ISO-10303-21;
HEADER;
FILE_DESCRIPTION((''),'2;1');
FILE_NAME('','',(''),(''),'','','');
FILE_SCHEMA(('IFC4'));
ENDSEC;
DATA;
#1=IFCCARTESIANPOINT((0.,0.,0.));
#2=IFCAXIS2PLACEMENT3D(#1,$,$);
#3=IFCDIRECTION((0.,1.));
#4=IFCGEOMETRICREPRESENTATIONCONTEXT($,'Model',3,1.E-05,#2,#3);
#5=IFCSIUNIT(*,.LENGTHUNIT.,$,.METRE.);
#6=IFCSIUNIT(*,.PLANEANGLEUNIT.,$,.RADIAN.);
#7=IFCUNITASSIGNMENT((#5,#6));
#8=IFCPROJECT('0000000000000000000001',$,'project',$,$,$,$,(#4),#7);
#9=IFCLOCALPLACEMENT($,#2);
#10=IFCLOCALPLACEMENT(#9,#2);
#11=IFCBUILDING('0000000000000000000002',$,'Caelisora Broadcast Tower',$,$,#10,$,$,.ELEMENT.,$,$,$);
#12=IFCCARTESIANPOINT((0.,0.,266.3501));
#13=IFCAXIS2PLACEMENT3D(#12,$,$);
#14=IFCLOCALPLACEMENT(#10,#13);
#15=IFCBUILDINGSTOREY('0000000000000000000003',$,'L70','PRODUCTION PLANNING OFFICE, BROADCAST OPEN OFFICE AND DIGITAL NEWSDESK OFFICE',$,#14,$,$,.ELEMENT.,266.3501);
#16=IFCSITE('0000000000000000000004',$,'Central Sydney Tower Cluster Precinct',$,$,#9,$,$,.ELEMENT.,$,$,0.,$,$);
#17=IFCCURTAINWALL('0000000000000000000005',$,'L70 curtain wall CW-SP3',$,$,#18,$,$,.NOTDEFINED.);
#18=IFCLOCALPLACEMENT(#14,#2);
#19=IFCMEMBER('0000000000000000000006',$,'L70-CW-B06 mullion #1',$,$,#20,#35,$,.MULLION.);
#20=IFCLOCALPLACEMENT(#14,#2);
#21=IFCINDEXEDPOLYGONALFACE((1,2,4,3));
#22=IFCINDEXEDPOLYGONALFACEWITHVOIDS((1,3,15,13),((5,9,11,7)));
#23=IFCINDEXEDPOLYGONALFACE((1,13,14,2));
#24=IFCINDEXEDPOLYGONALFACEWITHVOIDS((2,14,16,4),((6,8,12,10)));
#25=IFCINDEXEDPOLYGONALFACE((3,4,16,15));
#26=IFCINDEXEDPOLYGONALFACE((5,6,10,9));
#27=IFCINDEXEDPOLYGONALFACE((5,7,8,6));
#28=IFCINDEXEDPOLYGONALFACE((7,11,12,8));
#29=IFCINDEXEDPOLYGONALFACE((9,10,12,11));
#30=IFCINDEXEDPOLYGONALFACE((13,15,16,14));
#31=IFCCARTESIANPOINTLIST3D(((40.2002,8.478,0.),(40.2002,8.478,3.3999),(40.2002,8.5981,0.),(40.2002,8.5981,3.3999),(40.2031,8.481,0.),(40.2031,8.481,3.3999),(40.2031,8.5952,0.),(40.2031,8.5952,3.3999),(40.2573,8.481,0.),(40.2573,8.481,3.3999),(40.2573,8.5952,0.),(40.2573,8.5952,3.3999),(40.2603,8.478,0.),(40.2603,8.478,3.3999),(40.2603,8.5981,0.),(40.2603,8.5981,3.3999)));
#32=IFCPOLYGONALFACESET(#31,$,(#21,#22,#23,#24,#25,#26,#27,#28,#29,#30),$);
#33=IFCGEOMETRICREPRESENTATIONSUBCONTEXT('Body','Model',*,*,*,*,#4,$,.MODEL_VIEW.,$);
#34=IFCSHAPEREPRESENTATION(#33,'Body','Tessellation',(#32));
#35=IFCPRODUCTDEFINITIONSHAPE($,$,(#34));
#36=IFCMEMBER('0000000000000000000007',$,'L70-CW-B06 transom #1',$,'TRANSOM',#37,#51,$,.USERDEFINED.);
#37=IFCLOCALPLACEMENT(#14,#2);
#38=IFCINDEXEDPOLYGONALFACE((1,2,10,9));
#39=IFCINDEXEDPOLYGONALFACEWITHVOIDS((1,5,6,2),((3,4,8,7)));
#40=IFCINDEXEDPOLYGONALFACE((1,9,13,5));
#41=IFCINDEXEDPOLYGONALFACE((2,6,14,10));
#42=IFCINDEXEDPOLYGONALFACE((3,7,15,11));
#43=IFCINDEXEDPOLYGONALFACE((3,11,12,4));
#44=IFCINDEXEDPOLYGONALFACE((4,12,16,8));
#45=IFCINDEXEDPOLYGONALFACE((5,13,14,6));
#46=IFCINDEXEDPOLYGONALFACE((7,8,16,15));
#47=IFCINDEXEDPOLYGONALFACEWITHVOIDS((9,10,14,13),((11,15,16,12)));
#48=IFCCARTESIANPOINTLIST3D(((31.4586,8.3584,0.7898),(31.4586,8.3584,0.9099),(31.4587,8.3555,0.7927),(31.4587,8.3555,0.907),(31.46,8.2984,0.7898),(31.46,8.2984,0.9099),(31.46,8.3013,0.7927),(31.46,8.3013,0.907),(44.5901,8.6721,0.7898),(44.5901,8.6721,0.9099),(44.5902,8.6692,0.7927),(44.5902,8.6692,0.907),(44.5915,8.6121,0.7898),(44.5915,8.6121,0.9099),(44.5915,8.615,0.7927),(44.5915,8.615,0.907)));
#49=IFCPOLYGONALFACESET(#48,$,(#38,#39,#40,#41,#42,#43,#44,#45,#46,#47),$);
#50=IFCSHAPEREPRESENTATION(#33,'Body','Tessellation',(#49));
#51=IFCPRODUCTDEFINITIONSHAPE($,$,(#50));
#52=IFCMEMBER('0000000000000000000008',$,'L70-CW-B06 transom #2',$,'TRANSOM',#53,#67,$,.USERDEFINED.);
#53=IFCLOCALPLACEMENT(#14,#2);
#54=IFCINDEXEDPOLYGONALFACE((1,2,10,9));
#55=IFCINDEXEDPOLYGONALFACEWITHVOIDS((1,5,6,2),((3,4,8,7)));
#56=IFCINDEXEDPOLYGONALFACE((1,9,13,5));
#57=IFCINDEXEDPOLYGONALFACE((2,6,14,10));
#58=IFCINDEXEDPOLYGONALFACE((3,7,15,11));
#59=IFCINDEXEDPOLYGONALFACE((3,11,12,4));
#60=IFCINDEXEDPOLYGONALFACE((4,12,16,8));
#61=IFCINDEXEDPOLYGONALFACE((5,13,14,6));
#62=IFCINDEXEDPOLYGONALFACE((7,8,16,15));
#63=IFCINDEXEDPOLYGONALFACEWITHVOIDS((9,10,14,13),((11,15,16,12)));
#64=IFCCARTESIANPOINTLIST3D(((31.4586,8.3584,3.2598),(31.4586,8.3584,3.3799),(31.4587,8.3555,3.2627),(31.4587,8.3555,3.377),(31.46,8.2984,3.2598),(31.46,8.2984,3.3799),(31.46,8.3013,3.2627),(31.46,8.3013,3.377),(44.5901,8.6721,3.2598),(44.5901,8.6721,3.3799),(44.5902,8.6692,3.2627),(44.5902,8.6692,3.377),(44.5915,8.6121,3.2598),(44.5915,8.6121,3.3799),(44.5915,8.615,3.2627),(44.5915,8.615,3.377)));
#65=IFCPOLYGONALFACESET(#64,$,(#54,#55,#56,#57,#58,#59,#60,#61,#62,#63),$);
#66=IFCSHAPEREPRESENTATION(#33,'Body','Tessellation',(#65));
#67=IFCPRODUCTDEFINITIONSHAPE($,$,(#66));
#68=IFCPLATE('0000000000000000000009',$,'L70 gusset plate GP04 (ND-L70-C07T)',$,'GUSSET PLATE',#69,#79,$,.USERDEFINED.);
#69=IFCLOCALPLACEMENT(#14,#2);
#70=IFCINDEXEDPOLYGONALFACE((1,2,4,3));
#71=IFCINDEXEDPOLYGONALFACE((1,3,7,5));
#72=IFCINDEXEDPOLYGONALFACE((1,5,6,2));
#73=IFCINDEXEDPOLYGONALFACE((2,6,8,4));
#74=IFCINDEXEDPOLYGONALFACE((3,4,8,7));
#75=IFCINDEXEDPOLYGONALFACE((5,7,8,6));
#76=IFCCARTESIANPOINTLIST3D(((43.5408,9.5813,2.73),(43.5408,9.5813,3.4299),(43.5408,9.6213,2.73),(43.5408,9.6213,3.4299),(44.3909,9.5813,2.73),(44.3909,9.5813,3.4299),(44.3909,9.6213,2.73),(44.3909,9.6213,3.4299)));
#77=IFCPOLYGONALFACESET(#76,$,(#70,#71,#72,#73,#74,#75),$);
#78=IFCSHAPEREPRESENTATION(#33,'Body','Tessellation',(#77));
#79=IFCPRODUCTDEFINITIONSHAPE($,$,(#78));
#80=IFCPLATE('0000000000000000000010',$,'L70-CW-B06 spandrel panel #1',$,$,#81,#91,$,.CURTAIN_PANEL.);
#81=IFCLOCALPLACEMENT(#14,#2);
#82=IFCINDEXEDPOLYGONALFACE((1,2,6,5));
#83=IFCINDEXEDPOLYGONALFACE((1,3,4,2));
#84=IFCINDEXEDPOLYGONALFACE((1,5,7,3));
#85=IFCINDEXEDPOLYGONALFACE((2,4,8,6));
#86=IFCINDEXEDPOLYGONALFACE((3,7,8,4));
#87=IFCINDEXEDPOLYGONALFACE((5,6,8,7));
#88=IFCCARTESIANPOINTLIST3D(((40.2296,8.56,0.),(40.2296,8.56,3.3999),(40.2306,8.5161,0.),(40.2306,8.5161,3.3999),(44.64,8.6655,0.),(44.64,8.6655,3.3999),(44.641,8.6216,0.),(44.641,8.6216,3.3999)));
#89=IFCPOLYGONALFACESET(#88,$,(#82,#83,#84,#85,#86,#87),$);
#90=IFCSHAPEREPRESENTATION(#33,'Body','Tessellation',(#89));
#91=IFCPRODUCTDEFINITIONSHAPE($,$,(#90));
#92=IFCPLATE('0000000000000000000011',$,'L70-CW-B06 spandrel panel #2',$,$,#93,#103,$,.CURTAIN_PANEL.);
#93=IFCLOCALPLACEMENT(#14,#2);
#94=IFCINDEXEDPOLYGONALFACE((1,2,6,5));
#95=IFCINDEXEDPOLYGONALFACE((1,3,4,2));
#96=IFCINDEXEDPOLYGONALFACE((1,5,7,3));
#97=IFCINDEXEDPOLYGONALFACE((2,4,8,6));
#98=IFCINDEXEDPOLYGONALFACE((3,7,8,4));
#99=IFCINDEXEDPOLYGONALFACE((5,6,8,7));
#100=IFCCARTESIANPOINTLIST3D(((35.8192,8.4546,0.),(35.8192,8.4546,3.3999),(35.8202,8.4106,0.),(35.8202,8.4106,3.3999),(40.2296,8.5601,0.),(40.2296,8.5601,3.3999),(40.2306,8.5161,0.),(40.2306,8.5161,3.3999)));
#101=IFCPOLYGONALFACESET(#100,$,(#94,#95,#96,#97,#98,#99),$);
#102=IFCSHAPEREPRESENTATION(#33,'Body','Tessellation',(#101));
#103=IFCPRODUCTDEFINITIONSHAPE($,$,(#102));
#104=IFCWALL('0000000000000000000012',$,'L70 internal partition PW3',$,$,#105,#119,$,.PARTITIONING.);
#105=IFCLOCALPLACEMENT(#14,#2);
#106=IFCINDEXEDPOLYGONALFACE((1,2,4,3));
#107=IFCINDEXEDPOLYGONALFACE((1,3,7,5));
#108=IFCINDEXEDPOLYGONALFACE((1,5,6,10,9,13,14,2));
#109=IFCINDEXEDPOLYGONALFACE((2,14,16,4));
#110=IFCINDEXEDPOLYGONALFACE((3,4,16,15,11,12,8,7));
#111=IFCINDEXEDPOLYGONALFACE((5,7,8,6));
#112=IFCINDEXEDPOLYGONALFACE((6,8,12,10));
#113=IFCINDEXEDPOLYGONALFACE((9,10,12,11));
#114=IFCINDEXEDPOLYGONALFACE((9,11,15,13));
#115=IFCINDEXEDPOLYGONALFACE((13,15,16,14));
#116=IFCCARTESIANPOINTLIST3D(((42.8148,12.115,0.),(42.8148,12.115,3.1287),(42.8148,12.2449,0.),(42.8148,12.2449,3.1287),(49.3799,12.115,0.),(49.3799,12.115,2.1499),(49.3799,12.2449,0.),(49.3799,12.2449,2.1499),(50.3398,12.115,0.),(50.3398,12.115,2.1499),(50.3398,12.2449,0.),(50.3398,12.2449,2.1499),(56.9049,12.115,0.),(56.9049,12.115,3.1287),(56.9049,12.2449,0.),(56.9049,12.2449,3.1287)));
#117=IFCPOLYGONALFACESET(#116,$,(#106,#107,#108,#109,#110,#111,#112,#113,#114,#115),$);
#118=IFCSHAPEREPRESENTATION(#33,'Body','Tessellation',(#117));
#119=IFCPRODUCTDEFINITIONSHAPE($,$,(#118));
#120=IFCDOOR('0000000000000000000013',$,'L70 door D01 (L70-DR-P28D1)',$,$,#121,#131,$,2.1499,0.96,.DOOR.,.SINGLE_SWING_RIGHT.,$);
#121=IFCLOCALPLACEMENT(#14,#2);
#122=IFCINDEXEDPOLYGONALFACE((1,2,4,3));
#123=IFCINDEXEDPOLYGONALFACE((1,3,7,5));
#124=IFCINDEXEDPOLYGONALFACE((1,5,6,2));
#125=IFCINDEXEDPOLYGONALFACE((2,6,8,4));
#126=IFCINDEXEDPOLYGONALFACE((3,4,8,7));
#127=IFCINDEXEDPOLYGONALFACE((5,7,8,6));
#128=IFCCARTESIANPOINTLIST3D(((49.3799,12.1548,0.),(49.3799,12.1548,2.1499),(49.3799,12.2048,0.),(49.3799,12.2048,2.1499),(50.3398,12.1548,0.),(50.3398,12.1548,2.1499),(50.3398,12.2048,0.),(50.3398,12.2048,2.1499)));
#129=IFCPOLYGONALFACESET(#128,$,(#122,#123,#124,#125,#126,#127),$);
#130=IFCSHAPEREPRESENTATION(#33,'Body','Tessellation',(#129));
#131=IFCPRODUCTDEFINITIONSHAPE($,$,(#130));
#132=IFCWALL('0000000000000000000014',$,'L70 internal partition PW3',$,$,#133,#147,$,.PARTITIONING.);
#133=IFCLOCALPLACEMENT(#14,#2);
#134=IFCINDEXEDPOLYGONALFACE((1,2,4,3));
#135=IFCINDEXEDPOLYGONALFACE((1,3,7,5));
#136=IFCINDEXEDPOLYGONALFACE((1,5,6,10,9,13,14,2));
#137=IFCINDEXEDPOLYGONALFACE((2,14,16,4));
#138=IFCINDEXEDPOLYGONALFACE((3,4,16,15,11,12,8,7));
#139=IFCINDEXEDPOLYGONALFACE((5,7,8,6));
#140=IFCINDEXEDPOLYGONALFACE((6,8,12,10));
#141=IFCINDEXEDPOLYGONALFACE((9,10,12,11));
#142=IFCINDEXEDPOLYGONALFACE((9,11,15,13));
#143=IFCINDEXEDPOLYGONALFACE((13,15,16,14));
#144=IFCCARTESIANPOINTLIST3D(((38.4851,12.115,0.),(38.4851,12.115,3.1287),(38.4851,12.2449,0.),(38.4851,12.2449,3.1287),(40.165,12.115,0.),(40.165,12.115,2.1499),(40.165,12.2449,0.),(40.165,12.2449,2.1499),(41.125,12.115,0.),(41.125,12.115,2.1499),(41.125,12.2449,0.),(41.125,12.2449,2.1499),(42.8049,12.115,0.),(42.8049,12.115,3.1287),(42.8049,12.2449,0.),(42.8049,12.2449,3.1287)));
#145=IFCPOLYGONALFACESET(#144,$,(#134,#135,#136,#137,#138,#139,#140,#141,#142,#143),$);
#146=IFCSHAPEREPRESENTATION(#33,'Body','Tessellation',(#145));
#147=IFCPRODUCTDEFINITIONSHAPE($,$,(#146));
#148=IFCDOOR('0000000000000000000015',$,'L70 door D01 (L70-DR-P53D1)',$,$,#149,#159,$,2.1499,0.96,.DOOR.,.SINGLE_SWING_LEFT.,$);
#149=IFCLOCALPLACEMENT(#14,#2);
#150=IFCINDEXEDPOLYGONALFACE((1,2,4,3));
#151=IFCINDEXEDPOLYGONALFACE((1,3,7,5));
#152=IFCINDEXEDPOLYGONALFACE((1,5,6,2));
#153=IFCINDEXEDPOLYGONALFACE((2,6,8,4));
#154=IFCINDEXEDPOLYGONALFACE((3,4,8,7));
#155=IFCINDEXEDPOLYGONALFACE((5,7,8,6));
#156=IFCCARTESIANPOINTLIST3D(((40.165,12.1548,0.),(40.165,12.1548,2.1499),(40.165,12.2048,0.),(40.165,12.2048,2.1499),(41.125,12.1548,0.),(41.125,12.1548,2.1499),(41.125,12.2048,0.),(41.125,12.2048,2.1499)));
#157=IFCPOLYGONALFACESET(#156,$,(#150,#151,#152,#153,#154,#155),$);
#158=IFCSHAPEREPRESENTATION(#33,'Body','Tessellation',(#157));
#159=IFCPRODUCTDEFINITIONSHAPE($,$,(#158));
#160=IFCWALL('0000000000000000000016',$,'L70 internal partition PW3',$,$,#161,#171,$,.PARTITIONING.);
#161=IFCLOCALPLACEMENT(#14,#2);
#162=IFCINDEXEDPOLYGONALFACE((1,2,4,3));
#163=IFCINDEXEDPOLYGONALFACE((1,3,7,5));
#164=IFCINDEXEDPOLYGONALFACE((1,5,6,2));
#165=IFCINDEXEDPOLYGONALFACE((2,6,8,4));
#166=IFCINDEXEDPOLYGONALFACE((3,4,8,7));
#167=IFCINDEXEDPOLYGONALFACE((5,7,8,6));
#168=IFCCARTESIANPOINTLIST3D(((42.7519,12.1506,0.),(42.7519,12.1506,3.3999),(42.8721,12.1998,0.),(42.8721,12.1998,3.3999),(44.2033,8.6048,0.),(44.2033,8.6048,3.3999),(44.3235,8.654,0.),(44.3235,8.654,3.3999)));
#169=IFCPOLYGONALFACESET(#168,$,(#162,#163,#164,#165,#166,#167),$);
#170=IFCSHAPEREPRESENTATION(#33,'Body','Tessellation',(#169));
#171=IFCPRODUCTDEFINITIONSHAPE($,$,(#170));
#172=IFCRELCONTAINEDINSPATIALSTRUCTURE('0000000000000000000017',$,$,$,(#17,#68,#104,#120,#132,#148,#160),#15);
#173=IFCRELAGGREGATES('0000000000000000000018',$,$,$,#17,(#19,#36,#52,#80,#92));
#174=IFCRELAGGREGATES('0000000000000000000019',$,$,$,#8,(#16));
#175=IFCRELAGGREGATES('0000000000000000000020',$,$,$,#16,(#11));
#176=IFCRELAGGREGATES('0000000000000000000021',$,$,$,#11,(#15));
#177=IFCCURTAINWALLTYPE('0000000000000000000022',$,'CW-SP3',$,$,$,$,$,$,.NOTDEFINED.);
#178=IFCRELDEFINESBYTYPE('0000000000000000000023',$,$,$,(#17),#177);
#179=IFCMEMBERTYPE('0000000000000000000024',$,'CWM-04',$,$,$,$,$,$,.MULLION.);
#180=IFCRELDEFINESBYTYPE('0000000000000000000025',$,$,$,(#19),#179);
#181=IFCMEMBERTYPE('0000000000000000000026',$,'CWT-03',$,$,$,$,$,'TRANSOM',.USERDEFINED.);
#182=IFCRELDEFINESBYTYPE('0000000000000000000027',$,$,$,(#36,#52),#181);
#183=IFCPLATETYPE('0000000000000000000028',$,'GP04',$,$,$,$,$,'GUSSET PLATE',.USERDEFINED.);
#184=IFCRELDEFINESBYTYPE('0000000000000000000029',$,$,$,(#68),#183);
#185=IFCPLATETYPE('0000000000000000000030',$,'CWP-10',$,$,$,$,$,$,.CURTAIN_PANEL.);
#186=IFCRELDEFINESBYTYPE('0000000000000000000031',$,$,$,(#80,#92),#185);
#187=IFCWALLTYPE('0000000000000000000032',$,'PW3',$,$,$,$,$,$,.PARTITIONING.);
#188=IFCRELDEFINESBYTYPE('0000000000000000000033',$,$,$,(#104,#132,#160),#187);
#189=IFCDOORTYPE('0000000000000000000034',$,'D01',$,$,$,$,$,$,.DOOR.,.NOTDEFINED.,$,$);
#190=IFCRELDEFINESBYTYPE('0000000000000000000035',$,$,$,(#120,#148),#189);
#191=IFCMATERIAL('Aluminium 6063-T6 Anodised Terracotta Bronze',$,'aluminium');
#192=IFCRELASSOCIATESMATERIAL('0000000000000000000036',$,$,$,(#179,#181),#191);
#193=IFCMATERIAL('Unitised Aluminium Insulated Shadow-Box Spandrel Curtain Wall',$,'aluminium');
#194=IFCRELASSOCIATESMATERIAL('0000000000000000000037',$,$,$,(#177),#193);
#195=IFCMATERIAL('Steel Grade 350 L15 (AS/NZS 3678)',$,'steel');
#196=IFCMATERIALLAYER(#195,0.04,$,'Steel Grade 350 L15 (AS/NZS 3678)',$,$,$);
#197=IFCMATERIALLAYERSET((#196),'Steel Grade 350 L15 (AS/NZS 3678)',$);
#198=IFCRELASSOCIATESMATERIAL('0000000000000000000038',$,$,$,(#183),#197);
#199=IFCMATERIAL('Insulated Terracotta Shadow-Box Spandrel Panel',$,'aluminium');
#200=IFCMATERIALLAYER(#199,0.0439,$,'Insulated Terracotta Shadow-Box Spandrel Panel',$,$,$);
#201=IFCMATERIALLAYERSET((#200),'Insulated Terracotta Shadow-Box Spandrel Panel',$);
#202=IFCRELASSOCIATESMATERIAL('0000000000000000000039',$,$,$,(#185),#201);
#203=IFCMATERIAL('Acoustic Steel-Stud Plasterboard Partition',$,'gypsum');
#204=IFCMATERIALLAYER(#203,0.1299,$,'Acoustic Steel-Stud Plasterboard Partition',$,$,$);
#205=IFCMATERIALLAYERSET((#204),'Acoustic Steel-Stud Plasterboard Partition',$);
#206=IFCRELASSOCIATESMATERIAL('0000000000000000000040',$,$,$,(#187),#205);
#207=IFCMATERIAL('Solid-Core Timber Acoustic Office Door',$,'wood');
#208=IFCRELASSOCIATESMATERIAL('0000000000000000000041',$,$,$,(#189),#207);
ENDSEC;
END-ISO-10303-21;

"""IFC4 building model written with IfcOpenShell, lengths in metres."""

from ifc_helpers import new_model, si_unit, direction, frame, frame_2d, origin, origin_2d, place, context, subcontext, project, spatial, rectangle, hollow_rectangle, extrude, source, transform, mapped, material, layer, layer_set, material_profile, profile_set, type_object, type_shapes, element, fill, aggregate, save


model = new_model("IFC4")

# Units and contexts
model_context = context("Model", 3, precision=1e-05, world=origin(), true_north=direction((0.0, 1.0)))
body_context = subcontext(model_context, "Body", "Model", "MODEL_VIEW")
ifc_project = project(units=[si_unit("LENGTHUNIT", "METRE"), si_unit("PLANEANGLEUNIT", "RADIAN")], contexts=[model_context])

# Site, building, storey
site_placement = place(None, origin())
site = spatial("IfcSite", under=ifc_project, at=site_placement, Name="Central Sydney Tower Cluster Precinct", CompositionType="ELEMENT", RefElevation=0.0)
building_placement = place(site_placement, origin())
building = spatial("IfcBuilding", under=site, at=building_placement, Name="Caelisora Broadcast Tower", CompositionType="ELEMENT")
storey_placement = place(building_placement, frame((0.0, 0.0, 266.3501)))
storey = spatial("IfcBuildingStorey", under=building, at=storey_placement, Name="L70", Description="PRODUCTION PLANNING OFFICE, BROADCAST OPEN OFFICE AND DIGITAL NEWSDESK OFFICE", CompositionType="ELEMENT", Elevation=266.3501)

# Shared definitions
ifc_material_1 = material(Name="Steel Grade 350 L15 (AS/NZS 3678)", Category="steel")

# Shared definitions
ifc_material_2 = material(Name="Aluminium 6063-T6 Anodised Terracotta Bronze", Category="aluminium")
ifc_material_profile_1 = material_profile(ifc_material_2, hollow_rectangle(XDim=0.0601, YDim=0.1201, WallThickness=0.0029, at=origin_2d()), Name="Aluminium 6063-T6 Anodised Terracotta Bronze")
ifc_profile_set_1 = profile_set([ifc_material_profile_1], Name="Aluminium 6063-T6 Anodised Terracotta Bronze")
member_type_1 = type_object("IfcMemberType", Name="CWM-04", PredefinedType="MULLION", material=ifc_profile_set_1)
shared_shape_1 = source(origin(), body_context, "Body", "SweptSolid", [
    extrude(hollow_rectangle(XDim=0.0601, YDim=0.1201, WallThickness=0.0029, at=origin_2d()), origin(), (0.0, 0.0, 1.0), 3.3999),
])
type_shapes(member_type_1, [shared_shape_1])

# Curtain wall, members
ifc_material_3 = material(Name="Unitised Aluminium Insulated Shadow-Box Spandrel Curtain Wall", Category="aluminium")
curtain_wall_type_1 = type_object("IfcCurtainWallType", Name="CW-SP3", PredefinedType="NOTDEFINED", material=ifc_material_3)
curtain_wall_1_placement = place(storey_placement, origin())
curtain_wall_1 = element("IfcCurtainWall", 1, at=curtain_wall_1_placement, inside=storey, type_object=curtain_wall_type_1, Name="L70 curtain wall CW-SP3", PredefinedType="NOTDEFINED")
member_1_placement = place(storey_placement, frame((40.2302, 8.5381, 0.0), z_axis=(0.0, 0.0, 1.0), x_axis=(1.0, 0.0, 0.0)))
member_1 = element("IfcMember", 2, at=member_1_placement, type_object=member_type_1, Name="L70-CW-B06 mullion #1", PredefinedType="MULLION", context=body_context, shape_type="MappedRepresentation", body=[
    mapped(shared_shape_1, transform((0.0, 0.0, 0.0), scale=1.0)),
])
ifc_material_profile_2 = material_profile(ifc_material_2, hollow_rectangle(XDim=0.0601, YDim=0.1201, WallThickness=0.0029, at=origin_2d()), Name="Aluminium 6063-T6 Anodised Terracotta Bronze")
ifc_profile_set_2 = profile_set([ifc_material_profile_2], Name="Aluminium 6063-T6 Anodised Terracotta Bronze")
member_type_2 = type_object("IfcMemberType", Name="CWT-03", ElementType="TRANSOM", PredefinedType="USERDEFINED", material=ifc_profile_set_2)
shared_shape_2 = source(origin(), body_context, "Body", "SweptSolid", [
    extrude(hollow_rectangle(XDim=0.0601, YDim=0.1201, WallThickness=0.0029, at=origin_2d()), origin(), (0.0, 0.0, 1.0), 13.1353),
])
type_shapes(member_type_2, [shared_shape_2])
member_2_placement = place(storey_placement, frame((44.5908, 8.6421, 0.8499), z_axis=(-0.999715, -0.023884, 0.0), x_axis=(0.023884, -0.999715, 0.0)))
member_2 = element("IfcMember", 3, at=member_2_placement, type_object=member_type_2, Name="L70-CW-B06 transom #1", ObjectType="TRANSOM", PredefinedType="USERDEFINED", context=body_context, shape_type="MappedRepresentation", body=[
    mapped(shared_shape_2, transform((0.0, 0.0, 0.0), scale=1.0)),
])
member_3_placement = place(storey_placement, frame((44.5908, 8.6421, 3.3198), z_axis=(-0.999715, -0.023884, 0.0), x_axis=(0.023884, -0.999715, 0.0)))
member_3 = element("IfcMember", 4, at=member_3_placement, type_object=member_type_2, Name="L70-CW-B06 transom #2", ObjectType="TRANSOM", PredefinedType="USERDEFINED", context=body_context, shape_type="MappedRepresentation", body=[
    mapped(shared_shape_2, transform((0.0, 0.0, 0.0), scale=1.0)),
])

# Plates
ifc_layer_1 = layer(ifc_material_1, 0.04, Name="Steel Grade 350 L15 (AS/NZS 3678)")
ifc_layer_set_1 = layer_set([ifc_layer_1], Name="Steel Grade 350 L15 (AS/NZS 3678)")
plate_type_1 = type_object("IfcPlateType", Name="GP04", ElementType="GUSSET PLATE", PredefinedType="USERDEFINED", material=ifc_layer_set_1)
shared_shape_3 = source(origin(), body_context, "Body", "SweptSolid", [
    extrude(rectangle(XDim=0.8501, YDim=0.04, at=origin_2d()), origin(), (0.0, 0.0, 1.0), 0.7),
])
type_shapes(plate_type_1, [shared_shape_3])
plate_1_placement = place(storey_placement, frame((43.9658, 9.6013, 2.73), z_axis=(0.0, 0.0, 1.0), x_axis=(1.0, 0.0, 0.0)))
element("IfcPlate", 5, at=plate_1_placement, inside=storey, type_object=plate_type_1, Name="L70 gusset plate GP04 (ND-L70-C07T)", ObjectType="GUSSET PLATE", PredefinedType="USERDEFINED", context=body_context, shape_type="MappedRepresentation", body=[
    mapped(shared_shape_3, transform((0.0, 0.0, 0.0), scale=1.0)),
])
ifc_material_4 = material(Name="Insulated Terracotta Shadow-Box Spandrel Panel", Category="aluminium")
ifc_layer_2 = layer(ifc_material_4, 0.0439, Name="Insulated Terracotta Shadow-Box Spandrel Panel")
ifc_layer_set_2 = layer_set([ifc_layer_2], Name="Insulated Terracotta Shadow-Box Spandrel Panel")
plate_type_2 = type_object("IfcPlateType", Name="CWP-10", PredefinedType="CURTAIN_PANEL", material=ifc_layer_set_2)
shared_shape_4 = source(origin(), body_context, "Body", "SweptSolid", [
    extrude(rectangle(XDim=4.4116, YDim=0.0439, at=origin_2d()), origin(), (0.0, 0.0, 1.0), 3.3999),
])
type_shapes(plate_type_2, [shared_shape_4])
plate_2_placement = place(storey_placement, frame((42.4353, 8.5908, 0.0), z_axis=(0.0, 0.0, 1.0), x_axis=(-0.999714, -0.023909, 0.0)))
plate_2 = element("IfcPlate", 6, at=plate_2_placement, type_object=plate_type_2, Name="L70-CW-B06 spandrel panel #1", PredefinedType="CURTAIN_PANEL", context=body_context, shape_type="MappedRepresentation", body=[
    mapped(shared_shape_4, transform((0.0, 0.0, 0.0), scale=1.0)),
])
plate_3_placement = place(storey_placement, frame((38.0249, 8.4854, 0.0), z_axis=(0.0, 0.0, 1.0), x_axis=(-0.999714, -0.023909, 0.0)))
plate_3 = element("IfcPlate", 7, at=plate_3_placement, type_object=plate_type_2, Name="L70-CW-B06 spandrel panel #2", PredefinedType="CURTAIN_PANEL", context=body_context, shape_type="MappedRepresentation", body=[
    mapped(shared_shape_4, transform((0.0, 0.0, 0.0), scale=1.0)),
])
aggregate(curtain_wall_1, [member_1, member_2, member_3, plate_2, plate_3])

# Walls, openings, doors
ifc_material_5 = material(Name="Acoustic Steel-Stud Plasterboard Partition", Category="gypsum")
ifc_layer_3 = layer(ifc_material_5, 0.1299, Name="Acoustic Steel-Stud Plasterboard Partition")
ifc_layer_set_3 = layer_set([ifc_layer_3], Name="Acoustic Steel-Stud Plasterboard Partition")
wall_type = type_object("IfcWallType", Name="PW3", PredefinedType="PARTITIONING", material=ifc_layer_set_3)
wall_1_placement = place(storey_placement, frame((42.8149, 12.1799, 0.0), z_axis=(0.0, 0.0, 1.0), x_axis=(1.0, 0.0, 0.0)))
wall_1 = element("IfcWall", 8, at=wall_1_placement, inside=storey, type_object=wall_type, Name="L70 internal partition PW3", PredefinedType="PARTITIONING", context=body_context, shape_type="SweptSolid", body=[
    extrude(rectangle(XDim=14.0901, YDim=0.1299, at=frame_2d((7.0449, 0.0))), origin(), (0.0, 0.0, 1.0), 3.1287),
])
opening_1_placement = place(wall_1_placement, frame((6.5649, 0.0, 0.0)))
opening_1 = element("IfcOpeningElement", 9, at=opening_1_placement, cuts=wall_1, PredefinedType="OPENING", context=body_context, shape_type="SweptSolid", body=[
    extrude(rectangle(XDim=0.96, YDim=2.1499, at=frame_2d((0.48, 1.075))), frame((0.0, 0.0769, 0.0), z_axis=(0.0, -1.0, 0.0), x_axis=(1.0, 0.0, 0.0)), (0.0, 0.0, 1.0), 0.1538),
])
ifc_material_6 = material(Name="Solid-Core Timber Acoustic Office Door", Category="wood")
door_type = type_object("IfcDoorType", Name="D01", OperationType="NOTDEFINED", PredefinedType="DOOR", material=ifc_material_6)
door_1_placement = place(opening_1_placement, origin())
door_1 = element("IfcDoor", 10, at=door_1_placement, inside=storey, type_object=door_type, Name="L70 door D01 (L70-DR-P28D1)", OperationType="SINGLE_SWING_RIGHT", OverallHeight=2.1499, OverallWidth=0.96, PredefinedType="DOOR", context=body_context, shape_type="SweptSolid", body=[
    extrude(rectangle(XDim=0.96, YDim=2.1499, at=frame_2d((0.48, 1.075))), frame((0.0, 0.0249, 0.0), z_axis=(0.0, -1.0, 0.0), x_axis=(1.0, 0.0, 0.0)), (0.0, 0.0, 1.0), 0.05),
])
fill(opening_1, door_1)
wall_2_placement = place(storey_placement, frame((38.4851, 12.1799, 0.0), z_axis=(0.0, 0.0, 1.0), x_axis=(1.0, 0.0, 0.0)))
wall_2 = element("IfcWall", 11, at=wall_2_placement, inside=storey, type_object=wall_type, Name="L70 internal partition PW3", PredefinedType="PARTITIONING", context=body_context, shape_type="SweptSolid", body=[
    extrude(rectangle(XDim=4.3198, YDim=0.1299, at=frame_2d((2.1599, 0.0))), origin(), (0.0, 0.0, 1.0), 3.1287),
])
opening_2_placement = place(wall_2_placement, frame((1.6799, 0.0, 0.0)))
opening_2 = element("IfcOpeningElement", 12, at=opening_2_placement, cuts=wall_2, PredefinedType="OPENING", context=body_context, shape_type="SweptSolid", body=[
    extrude(rectangle(XDim=0.96, YDim=2.1499, at=frame_2d((0.48, 1.075))), frame((0.0, 0.0769, 0.0), z_axis=(0.0, -1.0, 0.0), x_axis=(1.0, 0.0, 0.0)), (0.0, 0.0, 1.0), 0.1538),
])
door_2_placement = place(opening_2_placement, origin())
door_2 = element("IfcDoor", 13, at=door_2_placement, inside=storey, type_object=door_type, Name="L70 door D01 (L70-DR-P53D1)", OperationType="SINGLE_SWING_LEFT", OverallHeight=2.1499, OverallWidth=0.96, PredefinedType="DOOR", context=body_context, shape_type="SweptSolid", body=[
    extrude(rectangle(XDim=0.96, YDim=2.1499, at=frame_2d((0.48, 1.075))), frame((0.0, 0.0249, 0.0), z_axis=(0.0, -1.0, 0.0), x_axis=(1.0, 0.0, 0.0)), (0.0, 0.0, 1.0), 0.05),
])
fill(opening_2, door_2)

# Wall
wall_3_placement = place(storey_placement, frame((42.812, 12.175, 0.0), z_axis=(0.0, 0.0, 1.0), x_axis=(0.378839, -0.925463, 0.0)))
element("IfcWall", 14, at=wall_3_placement, inside=storey, type_object=wall_type, Name="L70 internal partition PW3", PredefinedType="PARTITIONING", context=body_context, shape_type="SweptSolid", body=[
    extrude(rectangle(XDim=3.8313, YDim=0.1299, at=frame_2d((1.9155, 0.0))), origin(), (0.0, 0.0, 1.0), 3.3999),
])

save(model, "model.ifc")
